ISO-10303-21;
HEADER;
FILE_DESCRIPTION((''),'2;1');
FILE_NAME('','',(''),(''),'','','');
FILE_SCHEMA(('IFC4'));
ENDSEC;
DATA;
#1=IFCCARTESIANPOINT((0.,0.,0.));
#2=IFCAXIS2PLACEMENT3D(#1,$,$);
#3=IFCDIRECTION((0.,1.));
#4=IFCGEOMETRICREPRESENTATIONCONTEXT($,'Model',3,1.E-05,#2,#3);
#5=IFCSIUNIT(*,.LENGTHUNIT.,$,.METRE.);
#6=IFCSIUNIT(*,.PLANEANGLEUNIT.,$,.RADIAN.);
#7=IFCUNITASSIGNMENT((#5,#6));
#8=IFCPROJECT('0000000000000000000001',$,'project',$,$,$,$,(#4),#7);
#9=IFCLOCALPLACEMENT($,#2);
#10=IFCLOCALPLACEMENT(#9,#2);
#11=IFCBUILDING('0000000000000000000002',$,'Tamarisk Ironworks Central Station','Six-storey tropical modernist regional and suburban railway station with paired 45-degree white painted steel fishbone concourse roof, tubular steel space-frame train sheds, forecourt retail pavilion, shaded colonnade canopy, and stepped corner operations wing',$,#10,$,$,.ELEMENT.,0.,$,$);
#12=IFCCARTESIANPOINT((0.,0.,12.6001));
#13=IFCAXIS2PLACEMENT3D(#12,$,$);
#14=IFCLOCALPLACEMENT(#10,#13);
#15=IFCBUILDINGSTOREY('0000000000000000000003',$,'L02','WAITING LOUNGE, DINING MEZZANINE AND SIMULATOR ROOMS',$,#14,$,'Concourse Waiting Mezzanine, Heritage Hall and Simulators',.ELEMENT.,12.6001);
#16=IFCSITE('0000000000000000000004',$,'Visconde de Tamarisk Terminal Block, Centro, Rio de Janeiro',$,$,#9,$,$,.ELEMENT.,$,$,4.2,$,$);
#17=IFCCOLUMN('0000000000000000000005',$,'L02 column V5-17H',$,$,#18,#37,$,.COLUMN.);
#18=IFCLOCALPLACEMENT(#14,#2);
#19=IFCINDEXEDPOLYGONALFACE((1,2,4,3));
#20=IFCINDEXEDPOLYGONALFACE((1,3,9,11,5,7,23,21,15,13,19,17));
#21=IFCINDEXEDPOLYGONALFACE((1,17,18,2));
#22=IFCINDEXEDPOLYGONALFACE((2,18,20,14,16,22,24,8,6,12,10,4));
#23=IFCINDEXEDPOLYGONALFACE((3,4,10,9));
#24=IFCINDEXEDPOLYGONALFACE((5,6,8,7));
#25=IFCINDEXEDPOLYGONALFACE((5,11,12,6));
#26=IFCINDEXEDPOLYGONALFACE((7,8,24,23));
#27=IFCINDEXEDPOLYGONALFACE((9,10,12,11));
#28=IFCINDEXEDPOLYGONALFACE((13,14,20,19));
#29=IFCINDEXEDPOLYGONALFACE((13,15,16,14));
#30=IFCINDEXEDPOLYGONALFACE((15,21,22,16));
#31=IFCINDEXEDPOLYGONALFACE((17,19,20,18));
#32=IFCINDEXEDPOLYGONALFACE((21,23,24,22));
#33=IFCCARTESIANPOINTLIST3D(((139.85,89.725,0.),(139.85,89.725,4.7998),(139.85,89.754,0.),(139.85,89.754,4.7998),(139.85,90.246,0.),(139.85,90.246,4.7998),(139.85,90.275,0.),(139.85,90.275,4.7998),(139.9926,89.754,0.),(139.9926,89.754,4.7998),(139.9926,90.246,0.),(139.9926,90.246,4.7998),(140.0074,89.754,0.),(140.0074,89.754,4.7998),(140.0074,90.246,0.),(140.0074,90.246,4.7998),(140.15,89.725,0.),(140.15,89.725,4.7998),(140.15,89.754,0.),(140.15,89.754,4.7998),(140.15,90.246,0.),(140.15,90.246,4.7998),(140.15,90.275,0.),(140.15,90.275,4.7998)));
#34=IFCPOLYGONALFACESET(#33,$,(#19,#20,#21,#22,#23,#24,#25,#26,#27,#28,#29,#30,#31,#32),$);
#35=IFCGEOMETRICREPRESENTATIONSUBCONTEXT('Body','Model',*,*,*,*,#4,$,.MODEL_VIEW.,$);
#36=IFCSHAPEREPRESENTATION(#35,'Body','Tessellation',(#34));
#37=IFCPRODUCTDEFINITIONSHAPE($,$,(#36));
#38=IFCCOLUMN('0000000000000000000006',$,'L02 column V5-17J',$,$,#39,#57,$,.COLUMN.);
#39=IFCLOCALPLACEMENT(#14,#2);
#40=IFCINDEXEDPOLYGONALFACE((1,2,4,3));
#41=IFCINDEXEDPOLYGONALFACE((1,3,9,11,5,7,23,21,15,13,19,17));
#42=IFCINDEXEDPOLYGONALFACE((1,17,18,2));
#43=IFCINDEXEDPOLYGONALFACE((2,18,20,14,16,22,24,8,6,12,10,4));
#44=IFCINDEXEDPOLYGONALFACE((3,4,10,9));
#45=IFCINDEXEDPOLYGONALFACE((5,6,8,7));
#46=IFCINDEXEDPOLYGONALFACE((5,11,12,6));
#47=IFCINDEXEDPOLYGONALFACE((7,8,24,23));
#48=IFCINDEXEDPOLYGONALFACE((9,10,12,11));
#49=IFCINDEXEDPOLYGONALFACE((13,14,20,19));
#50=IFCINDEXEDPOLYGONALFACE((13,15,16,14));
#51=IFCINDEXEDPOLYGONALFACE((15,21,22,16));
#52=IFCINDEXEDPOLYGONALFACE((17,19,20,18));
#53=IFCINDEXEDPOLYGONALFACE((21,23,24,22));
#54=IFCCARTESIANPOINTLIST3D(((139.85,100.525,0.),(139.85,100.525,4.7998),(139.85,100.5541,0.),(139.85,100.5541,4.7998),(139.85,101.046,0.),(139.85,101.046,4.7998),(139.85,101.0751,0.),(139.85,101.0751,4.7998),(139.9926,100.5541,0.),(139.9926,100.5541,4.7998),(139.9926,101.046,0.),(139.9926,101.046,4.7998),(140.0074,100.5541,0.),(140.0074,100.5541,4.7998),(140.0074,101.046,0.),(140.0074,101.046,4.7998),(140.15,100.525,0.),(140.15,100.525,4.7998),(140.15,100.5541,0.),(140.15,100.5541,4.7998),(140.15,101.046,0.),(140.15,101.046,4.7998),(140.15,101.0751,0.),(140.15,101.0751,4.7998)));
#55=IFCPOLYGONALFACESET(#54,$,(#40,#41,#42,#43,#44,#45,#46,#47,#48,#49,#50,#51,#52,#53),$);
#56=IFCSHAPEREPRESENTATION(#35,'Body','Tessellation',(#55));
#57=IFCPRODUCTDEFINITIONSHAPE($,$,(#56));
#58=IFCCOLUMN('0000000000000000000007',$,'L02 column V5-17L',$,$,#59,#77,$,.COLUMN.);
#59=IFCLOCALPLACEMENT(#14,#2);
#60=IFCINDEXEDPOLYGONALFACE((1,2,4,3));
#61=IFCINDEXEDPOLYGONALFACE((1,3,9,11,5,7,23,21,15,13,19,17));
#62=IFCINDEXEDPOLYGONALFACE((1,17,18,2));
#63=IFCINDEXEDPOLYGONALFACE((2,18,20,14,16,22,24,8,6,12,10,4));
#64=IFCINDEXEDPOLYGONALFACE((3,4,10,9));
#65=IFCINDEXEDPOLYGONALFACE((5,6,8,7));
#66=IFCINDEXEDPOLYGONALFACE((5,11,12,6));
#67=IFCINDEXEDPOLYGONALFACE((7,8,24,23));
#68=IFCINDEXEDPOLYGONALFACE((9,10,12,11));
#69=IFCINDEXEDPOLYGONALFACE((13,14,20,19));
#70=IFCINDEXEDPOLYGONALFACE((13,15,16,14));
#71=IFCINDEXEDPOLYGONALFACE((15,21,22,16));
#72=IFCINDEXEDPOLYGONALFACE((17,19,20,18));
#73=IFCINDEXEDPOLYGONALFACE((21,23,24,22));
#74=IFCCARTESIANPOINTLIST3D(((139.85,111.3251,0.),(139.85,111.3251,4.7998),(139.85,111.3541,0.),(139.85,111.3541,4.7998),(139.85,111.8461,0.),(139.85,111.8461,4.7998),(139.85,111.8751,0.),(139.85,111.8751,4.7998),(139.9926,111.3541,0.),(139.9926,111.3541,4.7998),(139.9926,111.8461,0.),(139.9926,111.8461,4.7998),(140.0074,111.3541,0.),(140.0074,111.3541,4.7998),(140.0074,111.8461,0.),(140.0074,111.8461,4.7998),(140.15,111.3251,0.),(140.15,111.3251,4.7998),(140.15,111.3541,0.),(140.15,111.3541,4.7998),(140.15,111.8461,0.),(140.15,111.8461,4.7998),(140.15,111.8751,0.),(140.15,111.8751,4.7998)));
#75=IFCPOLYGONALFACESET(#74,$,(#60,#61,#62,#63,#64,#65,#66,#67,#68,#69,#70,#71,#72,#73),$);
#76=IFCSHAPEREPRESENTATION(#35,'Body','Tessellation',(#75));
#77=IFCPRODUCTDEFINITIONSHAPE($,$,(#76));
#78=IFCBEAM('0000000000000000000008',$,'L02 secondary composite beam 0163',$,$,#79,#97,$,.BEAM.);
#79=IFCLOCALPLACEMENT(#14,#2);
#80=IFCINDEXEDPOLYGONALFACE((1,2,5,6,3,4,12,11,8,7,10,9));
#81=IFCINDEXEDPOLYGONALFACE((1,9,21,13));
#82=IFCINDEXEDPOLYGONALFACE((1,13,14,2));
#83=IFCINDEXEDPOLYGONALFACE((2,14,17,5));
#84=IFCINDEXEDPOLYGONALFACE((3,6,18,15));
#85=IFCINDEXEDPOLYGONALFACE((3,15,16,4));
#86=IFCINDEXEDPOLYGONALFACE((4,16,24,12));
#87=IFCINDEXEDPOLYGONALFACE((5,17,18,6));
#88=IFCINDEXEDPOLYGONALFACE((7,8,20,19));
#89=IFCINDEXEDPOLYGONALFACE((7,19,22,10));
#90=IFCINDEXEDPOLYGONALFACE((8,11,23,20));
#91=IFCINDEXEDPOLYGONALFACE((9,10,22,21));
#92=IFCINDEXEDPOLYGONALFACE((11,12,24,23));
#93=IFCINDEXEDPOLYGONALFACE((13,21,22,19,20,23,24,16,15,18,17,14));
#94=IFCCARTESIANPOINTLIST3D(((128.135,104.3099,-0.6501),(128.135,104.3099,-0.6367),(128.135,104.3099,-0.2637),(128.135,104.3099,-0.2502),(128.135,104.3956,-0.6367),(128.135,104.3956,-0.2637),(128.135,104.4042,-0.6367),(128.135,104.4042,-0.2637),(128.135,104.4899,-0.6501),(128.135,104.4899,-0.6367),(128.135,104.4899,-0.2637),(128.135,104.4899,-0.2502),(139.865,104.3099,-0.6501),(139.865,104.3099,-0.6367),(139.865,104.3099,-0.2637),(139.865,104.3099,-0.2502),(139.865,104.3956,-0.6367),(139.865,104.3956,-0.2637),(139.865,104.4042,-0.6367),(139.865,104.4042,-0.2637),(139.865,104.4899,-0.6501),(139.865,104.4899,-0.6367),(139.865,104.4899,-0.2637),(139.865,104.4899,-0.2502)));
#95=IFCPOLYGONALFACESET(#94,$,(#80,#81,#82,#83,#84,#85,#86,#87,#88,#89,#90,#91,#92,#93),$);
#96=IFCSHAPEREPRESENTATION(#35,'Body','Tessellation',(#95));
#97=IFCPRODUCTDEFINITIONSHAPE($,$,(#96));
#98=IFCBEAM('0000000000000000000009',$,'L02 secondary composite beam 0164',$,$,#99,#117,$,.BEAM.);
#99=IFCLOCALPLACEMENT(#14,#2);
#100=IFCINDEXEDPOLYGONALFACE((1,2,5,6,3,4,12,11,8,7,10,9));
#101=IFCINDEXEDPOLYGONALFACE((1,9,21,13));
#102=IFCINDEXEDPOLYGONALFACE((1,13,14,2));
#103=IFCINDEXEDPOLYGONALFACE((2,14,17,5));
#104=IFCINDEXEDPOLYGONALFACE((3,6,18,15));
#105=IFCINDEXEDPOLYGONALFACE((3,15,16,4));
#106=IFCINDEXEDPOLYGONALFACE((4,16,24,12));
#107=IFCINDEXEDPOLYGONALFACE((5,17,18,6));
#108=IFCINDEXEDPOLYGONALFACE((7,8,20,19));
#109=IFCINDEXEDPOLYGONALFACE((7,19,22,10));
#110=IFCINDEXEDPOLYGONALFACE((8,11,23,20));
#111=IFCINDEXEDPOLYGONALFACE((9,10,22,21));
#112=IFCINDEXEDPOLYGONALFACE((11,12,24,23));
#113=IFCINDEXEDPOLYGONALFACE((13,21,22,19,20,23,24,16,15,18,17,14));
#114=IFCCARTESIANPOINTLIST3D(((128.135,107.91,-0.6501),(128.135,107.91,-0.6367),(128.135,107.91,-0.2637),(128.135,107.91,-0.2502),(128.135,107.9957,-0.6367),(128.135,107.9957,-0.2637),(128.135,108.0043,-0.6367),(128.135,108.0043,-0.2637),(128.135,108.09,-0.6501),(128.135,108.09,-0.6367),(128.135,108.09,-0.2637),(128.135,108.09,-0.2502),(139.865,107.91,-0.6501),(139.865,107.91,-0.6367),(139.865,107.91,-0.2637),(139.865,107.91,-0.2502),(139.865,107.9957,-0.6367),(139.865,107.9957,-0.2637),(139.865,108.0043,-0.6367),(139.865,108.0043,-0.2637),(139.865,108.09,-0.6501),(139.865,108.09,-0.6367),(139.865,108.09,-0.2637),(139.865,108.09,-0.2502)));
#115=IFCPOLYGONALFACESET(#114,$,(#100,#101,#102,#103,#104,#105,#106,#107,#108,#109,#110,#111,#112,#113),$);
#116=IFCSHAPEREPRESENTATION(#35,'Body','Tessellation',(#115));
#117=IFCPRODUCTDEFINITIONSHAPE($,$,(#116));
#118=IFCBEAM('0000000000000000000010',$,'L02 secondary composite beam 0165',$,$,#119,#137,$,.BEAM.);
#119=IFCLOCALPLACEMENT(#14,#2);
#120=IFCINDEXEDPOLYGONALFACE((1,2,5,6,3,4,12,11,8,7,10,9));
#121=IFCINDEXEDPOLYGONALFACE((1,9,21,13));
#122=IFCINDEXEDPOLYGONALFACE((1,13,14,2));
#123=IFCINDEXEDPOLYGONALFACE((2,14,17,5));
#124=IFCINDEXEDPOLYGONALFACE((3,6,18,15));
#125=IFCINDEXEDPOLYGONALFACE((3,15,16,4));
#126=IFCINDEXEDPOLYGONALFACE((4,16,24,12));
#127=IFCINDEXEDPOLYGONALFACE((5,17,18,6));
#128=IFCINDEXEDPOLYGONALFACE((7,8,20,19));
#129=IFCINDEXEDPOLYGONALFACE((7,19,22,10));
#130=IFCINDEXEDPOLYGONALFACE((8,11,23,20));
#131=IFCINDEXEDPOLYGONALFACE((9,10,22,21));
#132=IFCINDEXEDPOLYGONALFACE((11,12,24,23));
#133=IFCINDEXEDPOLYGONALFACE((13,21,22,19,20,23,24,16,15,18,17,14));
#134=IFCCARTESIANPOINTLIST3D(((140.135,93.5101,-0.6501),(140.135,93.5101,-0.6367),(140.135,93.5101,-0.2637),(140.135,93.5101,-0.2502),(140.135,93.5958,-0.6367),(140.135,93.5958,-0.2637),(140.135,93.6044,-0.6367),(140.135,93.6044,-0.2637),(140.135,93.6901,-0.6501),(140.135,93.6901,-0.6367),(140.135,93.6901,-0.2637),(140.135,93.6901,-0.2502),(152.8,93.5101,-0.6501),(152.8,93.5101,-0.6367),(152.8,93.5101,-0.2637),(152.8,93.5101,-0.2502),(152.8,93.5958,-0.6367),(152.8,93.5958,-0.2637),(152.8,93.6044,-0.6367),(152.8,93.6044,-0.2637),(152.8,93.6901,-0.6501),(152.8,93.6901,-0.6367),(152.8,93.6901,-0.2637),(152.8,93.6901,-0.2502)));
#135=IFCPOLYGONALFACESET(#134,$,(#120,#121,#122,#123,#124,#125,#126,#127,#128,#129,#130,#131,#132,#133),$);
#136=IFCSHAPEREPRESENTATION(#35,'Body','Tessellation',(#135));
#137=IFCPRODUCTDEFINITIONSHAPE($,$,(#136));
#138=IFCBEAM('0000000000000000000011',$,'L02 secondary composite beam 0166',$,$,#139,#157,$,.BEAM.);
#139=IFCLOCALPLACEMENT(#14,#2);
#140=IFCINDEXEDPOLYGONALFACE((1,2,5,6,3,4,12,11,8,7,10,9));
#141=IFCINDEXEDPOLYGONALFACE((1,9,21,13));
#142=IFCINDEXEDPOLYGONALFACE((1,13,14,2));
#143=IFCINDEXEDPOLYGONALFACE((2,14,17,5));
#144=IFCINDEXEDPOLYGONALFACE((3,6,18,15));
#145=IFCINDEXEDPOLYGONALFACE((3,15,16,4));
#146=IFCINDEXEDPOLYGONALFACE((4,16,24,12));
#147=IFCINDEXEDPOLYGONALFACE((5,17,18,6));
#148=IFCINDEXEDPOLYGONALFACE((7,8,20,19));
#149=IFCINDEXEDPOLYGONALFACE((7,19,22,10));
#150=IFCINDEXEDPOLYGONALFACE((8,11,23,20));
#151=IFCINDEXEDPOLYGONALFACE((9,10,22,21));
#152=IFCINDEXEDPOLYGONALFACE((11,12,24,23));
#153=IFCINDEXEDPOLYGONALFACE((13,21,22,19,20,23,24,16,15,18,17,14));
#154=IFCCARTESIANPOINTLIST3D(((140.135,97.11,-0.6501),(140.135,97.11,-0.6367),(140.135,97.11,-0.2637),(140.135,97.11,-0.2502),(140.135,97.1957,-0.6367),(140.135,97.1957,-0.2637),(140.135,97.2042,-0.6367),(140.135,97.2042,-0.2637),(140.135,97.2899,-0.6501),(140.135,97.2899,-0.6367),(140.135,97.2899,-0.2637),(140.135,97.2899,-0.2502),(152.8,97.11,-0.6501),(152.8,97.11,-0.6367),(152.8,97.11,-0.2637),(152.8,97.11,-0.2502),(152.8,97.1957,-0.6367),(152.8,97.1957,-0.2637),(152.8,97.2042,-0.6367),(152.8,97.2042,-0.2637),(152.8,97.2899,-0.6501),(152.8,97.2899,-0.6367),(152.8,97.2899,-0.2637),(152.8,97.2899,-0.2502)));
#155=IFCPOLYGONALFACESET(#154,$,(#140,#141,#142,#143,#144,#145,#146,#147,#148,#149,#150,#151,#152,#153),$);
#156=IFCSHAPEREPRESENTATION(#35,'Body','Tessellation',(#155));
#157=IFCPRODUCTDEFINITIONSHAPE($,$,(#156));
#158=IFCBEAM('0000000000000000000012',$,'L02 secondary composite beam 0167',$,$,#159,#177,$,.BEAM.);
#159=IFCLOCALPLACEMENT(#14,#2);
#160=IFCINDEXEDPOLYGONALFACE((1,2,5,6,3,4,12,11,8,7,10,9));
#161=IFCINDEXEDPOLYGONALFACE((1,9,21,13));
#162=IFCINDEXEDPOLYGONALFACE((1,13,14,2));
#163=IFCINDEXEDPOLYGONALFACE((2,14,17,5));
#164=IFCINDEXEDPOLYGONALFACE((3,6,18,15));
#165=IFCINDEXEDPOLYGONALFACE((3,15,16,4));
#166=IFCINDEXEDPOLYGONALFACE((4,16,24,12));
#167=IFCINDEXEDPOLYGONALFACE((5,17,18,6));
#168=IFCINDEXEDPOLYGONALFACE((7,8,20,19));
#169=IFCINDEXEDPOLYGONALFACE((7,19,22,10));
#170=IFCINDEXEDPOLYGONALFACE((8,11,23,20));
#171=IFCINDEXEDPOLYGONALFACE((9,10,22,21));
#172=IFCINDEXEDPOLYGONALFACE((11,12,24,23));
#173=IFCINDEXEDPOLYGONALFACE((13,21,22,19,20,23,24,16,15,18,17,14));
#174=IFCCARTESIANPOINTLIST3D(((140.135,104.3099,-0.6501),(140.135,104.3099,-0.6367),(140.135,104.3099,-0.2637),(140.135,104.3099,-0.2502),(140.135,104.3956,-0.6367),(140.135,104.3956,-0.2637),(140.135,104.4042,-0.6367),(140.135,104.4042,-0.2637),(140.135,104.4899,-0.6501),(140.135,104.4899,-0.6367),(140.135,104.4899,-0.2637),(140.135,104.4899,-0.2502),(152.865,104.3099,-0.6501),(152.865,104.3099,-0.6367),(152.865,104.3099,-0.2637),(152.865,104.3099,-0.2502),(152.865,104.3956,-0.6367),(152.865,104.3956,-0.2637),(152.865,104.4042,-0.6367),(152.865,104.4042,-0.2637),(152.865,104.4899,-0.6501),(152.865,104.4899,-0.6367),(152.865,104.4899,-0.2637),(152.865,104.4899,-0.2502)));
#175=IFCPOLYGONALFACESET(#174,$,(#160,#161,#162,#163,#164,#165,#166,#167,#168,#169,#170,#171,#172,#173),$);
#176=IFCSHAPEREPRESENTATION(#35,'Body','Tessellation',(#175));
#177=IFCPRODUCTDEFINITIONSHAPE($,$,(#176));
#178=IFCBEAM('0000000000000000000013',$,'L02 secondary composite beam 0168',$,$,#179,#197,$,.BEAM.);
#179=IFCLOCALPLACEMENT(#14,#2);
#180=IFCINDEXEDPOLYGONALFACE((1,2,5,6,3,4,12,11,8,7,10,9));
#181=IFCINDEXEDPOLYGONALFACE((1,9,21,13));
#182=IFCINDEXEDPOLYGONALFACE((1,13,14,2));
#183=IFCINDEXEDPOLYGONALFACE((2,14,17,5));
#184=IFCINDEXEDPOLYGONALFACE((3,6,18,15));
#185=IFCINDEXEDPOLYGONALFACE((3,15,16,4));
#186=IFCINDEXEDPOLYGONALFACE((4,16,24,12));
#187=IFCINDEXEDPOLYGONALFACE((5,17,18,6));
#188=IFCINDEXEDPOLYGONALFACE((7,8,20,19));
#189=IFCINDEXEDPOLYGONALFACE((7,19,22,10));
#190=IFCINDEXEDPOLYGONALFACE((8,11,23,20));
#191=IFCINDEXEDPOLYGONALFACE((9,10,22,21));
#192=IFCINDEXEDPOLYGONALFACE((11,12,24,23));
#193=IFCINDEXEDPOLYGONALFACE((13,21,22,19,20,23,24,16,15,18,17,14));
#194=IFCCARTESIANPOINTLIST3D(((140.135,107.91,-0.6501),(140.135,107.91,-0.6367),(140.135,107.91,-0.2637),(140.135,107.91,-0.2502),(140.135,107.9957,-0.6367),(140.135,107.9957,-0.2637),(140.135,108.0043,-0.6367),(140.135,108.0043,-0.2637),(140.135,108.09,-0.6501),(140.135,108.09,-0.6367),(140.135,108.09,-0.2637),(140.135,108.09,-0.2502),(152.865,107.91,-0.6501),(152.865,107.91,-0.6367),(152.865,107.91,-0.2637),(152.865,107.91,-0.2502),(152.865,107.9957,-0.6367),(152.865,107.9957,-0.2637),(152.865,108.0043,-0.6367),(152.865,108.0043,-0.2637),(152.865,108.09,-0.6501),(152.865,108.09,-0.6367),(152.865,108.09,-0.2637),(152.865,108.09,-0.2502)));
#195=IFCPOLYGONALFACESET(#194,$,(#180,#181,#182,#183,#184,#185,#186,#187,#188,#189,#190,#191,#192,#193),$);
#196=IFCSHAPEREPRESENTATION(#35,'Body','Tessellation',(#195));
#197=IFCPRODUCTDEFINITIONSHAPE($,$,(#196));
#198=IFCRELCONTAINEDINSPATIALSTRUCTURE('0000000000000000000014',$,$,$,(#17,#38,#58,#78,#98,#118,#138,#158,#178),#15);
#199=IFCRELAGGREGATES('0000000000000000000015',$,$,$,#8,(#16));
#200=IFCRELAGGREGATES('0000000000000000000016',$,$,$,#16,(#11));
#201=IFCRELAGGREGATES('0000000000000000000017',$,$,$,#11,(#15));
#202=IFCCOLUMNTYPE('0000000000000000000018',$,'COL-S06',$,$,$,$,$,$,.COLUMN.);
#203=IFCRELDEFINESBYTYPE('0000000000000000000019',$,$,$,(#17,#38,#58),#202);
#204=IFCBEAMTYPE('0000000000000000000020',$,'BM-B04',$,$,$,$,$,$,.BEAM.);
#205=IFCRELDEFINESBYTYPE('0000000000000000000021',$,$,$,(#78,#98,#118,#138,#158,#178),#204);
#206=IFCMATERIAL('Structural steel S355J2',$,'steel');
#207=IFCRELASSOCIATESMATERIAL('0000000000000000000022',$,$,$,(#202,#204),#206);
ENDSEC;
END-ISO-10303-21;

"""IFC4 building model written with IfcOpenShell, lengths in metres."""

from ifc_helpers import new_model, si_unit, direction, frame, origin, origin_2d, place, context, subcontext, project, spatial, i_section, extrude, material, material_profile, profile_set, type_object, element, save


model = new_model("IFC4")

# Units and contexts
model_context = context("Model", 3, precision=1e-05, world=origin(), true_north=direction((0.0, 1.0)))
body_context = subcontext(model_context, "Body", "Model", "MODEL_VIEW")
ifc_project = project(units=[si_unit("LENGTHUNIT", "METRE"), si_unit("PLANEANGLEUNIT", "RADIAN")], contexts=[model_context])

# Site, building, storey
site_placement = place(None, origin())
site = spatial("IfcSite", under=ifc_project, at=site_placement, Name="Visconde de Tamarisk Terminal Block, Centro, Rio de Janeiro", CompositionType="ELEMENT", RefElevation=4.2)
building_placement = place(site_placement, origin())
building = spatial("IfcBuilding", under=site, at=building_placement, Name="Tamarisk Ironworks Central Station", Description="Six-storey tropical modernist regional and suburban railway station with paired 45-degree white painted steel fishbone concourse roof, tubular steel space-frame train sheds, forecourt retail pavilion, shaded colonnade canopy, and stepped corner operations wing", CompositionType="ELEMENT", ElevationOfRefHeight=0.0)
storey_placement = place(building_placement, frame((0.0, 0.0, 12.6001)))
storey = spatial("IfcBuildingStorey", under=building, at=storey_placement, Name="L02", Description="WAITING LOUNGE, DINING MEZZANINE AND SIMULATOR ROOMS", LongName="Concourse Waiting Mezzanine, Heritage Hall and Simulators", CompositionType="ELEMENT", Elevation=12.6001)

# Columns
ifc_material_1 = material(Name="Structural steel S355J2", Category="steel")
ifc_material_profile_1 = material_profile(ifc_material_1, i_section(OverallWidth=0.3, OverallDepth=0.55, WebThickness=0.0149, FlangeThickness=0.0291, at=origin_2d()), Name="HEB 550")
ifc_profile_set_1 = profile_set([ifc_material_profile_1], Name="Structural steel S355J2")
column_type = type_object("IfcColumnType", Name="COL-S06", PredefinedType="COLUMN", material=ifc_profile_set_1)
for number, where, z_axis, x_axis, name in (
    (1, (140.0, 90.0, 0.0), (0.0, 0.0, 1.0), (1.0, 0.0, 0.0), "L02 column V5-17H"),
    (2, (140.0, 100.8, 0.0), (0.0, 0.0, 1.0), (1.0, 0.0, 0.0), "L02 column V5-17J"),
    (3, (140.0, 111.6001, 0.0), (0.0, 0.0, 1.0), (1.0, 0.0, 0.0), "L02 column V5-17L"),
):
    element("IfcColumn", number, at=place(storey_placement, frame(where, z_axis=z_axis, x_axis=x_axis)), inside=storey, type_object=column_type, Name=name, PredefinedType="COLUMN", context=body_context, shape_type="SweptSolid", body=[
        extrude(i_section(OverallWidth=0.3, OverallDepth=0.55, WebThickness=0.0149, FlangeThickness=0.0291, at=origin_2d()), origin(), (0.0, 0.0, 1.0), 4.7998),
    ])

# Beams
ifc_material_profile_2 = material_profile(ifc_material_1, i_section(OverallWidth=0.1799, OverallDepth=0.3999, WebThickness=0.0085, FlangeThickness=0.0134, at=origin_2d()), Name="IPE 400")
ifc_profile_set_2 = profile_set([ifc_material_profile_2], Name="Structural steel S355J2")
beam_type_1 = type_object("IfcBeamType", Name="BM-B04", PredefinedType="BEAM", material=ifc_profile_set_2)
for number, where, z_axis, x_axis, name in (
    (4, (128.135, 104.3999, -0.4502), (1.0, 0.0, 0.0), (0.0, 1.0, 0.0), "L02 secondary composite beam 0163"),
    (5, (128.135, 108.0, -0.4502), (1.0, 0.0, 0.0), (0.0, 1.0, 0.0), "L02 secondary composite beam 0164"),
):
    element("IfcBeam", number, at=place(storey_placement, frame(where, z_axis=z_axis, x_axis=x_axis)), inside=storey, type_object=beam_type_1, Name=name, PredefinedType="BEAM", context=body_context, shape_type="SweptSolid", body=[
        extrude(i_section(OverallWidth=0.1799, OverallDepth=0.3999, WebThickness=0.0085, FlangeThickness=0.0134, at=origin_2d()), origin(), (0.0, 0.0, 1.0), 11.73),
    ])
for number, where, z_axis, x_axis, name in (
    (6, (140.135, 93.6001, -0.4502), (1.0, 0.0, 0.0), (0.0, 1.0, 0.0), "L02 secondary composite beam 0165"),
    (7, (140.135, 97.2, -0.4502), (1.0, 0.0, 0.0), (0.0, 1.0, 0.0), "L02 secondary composite beam 0166"),
):
    element("IfcBeam", number, at=place(storey_placement, frame(where, z_axis=z_axis, x_axis=x_axis)), inside=storey, type_object=beam_type_1, Name=name, PredefinedType="BEAM", context=body_context, shape_type="SweptSolid", body=[
        extrude(i_section(OverallWidth=0.1799, OverallDepth=0.3999, WebThickness=0.0085, FlangeThickness=0.0134, at=origin_2d()), origin(), (0.0, 0.0, 1.0), 12.665),
    ])
for number, where, z_axis, x_axis, name in (
    (8, (140.135, 104.3999, -0.4502), (1.0, 0.0, 0.0), (0.0, 1.0, 0.0), "L02 secondary composite beam 0167"),
    (9, (140.135, 108.0, -0.4502), (1.0, 0.0, 0.0), (0.0, 1.0, 0.0), "L02 secondary composite beam 0168"),
):
    element("IfcBeam", number, at=place(storey_placement, frame(where, z_axis=z_axis, x_axis=x_axis)), inside=storey, type_object=beam_type_1, Name=name, PredefinedType="BEAM", context=body_context, shape_type="SweptSolid", body=[
        extrude(i_section(OverallWidth=0.1799, OverallDepth=0.3999, WebThickness=0.0085, FlangeThickness=0.0134, at=origin_2d()), origin(), (0.0, 0.0, 1.0), 12.73),
    ])

save(model, "model.ifc")
